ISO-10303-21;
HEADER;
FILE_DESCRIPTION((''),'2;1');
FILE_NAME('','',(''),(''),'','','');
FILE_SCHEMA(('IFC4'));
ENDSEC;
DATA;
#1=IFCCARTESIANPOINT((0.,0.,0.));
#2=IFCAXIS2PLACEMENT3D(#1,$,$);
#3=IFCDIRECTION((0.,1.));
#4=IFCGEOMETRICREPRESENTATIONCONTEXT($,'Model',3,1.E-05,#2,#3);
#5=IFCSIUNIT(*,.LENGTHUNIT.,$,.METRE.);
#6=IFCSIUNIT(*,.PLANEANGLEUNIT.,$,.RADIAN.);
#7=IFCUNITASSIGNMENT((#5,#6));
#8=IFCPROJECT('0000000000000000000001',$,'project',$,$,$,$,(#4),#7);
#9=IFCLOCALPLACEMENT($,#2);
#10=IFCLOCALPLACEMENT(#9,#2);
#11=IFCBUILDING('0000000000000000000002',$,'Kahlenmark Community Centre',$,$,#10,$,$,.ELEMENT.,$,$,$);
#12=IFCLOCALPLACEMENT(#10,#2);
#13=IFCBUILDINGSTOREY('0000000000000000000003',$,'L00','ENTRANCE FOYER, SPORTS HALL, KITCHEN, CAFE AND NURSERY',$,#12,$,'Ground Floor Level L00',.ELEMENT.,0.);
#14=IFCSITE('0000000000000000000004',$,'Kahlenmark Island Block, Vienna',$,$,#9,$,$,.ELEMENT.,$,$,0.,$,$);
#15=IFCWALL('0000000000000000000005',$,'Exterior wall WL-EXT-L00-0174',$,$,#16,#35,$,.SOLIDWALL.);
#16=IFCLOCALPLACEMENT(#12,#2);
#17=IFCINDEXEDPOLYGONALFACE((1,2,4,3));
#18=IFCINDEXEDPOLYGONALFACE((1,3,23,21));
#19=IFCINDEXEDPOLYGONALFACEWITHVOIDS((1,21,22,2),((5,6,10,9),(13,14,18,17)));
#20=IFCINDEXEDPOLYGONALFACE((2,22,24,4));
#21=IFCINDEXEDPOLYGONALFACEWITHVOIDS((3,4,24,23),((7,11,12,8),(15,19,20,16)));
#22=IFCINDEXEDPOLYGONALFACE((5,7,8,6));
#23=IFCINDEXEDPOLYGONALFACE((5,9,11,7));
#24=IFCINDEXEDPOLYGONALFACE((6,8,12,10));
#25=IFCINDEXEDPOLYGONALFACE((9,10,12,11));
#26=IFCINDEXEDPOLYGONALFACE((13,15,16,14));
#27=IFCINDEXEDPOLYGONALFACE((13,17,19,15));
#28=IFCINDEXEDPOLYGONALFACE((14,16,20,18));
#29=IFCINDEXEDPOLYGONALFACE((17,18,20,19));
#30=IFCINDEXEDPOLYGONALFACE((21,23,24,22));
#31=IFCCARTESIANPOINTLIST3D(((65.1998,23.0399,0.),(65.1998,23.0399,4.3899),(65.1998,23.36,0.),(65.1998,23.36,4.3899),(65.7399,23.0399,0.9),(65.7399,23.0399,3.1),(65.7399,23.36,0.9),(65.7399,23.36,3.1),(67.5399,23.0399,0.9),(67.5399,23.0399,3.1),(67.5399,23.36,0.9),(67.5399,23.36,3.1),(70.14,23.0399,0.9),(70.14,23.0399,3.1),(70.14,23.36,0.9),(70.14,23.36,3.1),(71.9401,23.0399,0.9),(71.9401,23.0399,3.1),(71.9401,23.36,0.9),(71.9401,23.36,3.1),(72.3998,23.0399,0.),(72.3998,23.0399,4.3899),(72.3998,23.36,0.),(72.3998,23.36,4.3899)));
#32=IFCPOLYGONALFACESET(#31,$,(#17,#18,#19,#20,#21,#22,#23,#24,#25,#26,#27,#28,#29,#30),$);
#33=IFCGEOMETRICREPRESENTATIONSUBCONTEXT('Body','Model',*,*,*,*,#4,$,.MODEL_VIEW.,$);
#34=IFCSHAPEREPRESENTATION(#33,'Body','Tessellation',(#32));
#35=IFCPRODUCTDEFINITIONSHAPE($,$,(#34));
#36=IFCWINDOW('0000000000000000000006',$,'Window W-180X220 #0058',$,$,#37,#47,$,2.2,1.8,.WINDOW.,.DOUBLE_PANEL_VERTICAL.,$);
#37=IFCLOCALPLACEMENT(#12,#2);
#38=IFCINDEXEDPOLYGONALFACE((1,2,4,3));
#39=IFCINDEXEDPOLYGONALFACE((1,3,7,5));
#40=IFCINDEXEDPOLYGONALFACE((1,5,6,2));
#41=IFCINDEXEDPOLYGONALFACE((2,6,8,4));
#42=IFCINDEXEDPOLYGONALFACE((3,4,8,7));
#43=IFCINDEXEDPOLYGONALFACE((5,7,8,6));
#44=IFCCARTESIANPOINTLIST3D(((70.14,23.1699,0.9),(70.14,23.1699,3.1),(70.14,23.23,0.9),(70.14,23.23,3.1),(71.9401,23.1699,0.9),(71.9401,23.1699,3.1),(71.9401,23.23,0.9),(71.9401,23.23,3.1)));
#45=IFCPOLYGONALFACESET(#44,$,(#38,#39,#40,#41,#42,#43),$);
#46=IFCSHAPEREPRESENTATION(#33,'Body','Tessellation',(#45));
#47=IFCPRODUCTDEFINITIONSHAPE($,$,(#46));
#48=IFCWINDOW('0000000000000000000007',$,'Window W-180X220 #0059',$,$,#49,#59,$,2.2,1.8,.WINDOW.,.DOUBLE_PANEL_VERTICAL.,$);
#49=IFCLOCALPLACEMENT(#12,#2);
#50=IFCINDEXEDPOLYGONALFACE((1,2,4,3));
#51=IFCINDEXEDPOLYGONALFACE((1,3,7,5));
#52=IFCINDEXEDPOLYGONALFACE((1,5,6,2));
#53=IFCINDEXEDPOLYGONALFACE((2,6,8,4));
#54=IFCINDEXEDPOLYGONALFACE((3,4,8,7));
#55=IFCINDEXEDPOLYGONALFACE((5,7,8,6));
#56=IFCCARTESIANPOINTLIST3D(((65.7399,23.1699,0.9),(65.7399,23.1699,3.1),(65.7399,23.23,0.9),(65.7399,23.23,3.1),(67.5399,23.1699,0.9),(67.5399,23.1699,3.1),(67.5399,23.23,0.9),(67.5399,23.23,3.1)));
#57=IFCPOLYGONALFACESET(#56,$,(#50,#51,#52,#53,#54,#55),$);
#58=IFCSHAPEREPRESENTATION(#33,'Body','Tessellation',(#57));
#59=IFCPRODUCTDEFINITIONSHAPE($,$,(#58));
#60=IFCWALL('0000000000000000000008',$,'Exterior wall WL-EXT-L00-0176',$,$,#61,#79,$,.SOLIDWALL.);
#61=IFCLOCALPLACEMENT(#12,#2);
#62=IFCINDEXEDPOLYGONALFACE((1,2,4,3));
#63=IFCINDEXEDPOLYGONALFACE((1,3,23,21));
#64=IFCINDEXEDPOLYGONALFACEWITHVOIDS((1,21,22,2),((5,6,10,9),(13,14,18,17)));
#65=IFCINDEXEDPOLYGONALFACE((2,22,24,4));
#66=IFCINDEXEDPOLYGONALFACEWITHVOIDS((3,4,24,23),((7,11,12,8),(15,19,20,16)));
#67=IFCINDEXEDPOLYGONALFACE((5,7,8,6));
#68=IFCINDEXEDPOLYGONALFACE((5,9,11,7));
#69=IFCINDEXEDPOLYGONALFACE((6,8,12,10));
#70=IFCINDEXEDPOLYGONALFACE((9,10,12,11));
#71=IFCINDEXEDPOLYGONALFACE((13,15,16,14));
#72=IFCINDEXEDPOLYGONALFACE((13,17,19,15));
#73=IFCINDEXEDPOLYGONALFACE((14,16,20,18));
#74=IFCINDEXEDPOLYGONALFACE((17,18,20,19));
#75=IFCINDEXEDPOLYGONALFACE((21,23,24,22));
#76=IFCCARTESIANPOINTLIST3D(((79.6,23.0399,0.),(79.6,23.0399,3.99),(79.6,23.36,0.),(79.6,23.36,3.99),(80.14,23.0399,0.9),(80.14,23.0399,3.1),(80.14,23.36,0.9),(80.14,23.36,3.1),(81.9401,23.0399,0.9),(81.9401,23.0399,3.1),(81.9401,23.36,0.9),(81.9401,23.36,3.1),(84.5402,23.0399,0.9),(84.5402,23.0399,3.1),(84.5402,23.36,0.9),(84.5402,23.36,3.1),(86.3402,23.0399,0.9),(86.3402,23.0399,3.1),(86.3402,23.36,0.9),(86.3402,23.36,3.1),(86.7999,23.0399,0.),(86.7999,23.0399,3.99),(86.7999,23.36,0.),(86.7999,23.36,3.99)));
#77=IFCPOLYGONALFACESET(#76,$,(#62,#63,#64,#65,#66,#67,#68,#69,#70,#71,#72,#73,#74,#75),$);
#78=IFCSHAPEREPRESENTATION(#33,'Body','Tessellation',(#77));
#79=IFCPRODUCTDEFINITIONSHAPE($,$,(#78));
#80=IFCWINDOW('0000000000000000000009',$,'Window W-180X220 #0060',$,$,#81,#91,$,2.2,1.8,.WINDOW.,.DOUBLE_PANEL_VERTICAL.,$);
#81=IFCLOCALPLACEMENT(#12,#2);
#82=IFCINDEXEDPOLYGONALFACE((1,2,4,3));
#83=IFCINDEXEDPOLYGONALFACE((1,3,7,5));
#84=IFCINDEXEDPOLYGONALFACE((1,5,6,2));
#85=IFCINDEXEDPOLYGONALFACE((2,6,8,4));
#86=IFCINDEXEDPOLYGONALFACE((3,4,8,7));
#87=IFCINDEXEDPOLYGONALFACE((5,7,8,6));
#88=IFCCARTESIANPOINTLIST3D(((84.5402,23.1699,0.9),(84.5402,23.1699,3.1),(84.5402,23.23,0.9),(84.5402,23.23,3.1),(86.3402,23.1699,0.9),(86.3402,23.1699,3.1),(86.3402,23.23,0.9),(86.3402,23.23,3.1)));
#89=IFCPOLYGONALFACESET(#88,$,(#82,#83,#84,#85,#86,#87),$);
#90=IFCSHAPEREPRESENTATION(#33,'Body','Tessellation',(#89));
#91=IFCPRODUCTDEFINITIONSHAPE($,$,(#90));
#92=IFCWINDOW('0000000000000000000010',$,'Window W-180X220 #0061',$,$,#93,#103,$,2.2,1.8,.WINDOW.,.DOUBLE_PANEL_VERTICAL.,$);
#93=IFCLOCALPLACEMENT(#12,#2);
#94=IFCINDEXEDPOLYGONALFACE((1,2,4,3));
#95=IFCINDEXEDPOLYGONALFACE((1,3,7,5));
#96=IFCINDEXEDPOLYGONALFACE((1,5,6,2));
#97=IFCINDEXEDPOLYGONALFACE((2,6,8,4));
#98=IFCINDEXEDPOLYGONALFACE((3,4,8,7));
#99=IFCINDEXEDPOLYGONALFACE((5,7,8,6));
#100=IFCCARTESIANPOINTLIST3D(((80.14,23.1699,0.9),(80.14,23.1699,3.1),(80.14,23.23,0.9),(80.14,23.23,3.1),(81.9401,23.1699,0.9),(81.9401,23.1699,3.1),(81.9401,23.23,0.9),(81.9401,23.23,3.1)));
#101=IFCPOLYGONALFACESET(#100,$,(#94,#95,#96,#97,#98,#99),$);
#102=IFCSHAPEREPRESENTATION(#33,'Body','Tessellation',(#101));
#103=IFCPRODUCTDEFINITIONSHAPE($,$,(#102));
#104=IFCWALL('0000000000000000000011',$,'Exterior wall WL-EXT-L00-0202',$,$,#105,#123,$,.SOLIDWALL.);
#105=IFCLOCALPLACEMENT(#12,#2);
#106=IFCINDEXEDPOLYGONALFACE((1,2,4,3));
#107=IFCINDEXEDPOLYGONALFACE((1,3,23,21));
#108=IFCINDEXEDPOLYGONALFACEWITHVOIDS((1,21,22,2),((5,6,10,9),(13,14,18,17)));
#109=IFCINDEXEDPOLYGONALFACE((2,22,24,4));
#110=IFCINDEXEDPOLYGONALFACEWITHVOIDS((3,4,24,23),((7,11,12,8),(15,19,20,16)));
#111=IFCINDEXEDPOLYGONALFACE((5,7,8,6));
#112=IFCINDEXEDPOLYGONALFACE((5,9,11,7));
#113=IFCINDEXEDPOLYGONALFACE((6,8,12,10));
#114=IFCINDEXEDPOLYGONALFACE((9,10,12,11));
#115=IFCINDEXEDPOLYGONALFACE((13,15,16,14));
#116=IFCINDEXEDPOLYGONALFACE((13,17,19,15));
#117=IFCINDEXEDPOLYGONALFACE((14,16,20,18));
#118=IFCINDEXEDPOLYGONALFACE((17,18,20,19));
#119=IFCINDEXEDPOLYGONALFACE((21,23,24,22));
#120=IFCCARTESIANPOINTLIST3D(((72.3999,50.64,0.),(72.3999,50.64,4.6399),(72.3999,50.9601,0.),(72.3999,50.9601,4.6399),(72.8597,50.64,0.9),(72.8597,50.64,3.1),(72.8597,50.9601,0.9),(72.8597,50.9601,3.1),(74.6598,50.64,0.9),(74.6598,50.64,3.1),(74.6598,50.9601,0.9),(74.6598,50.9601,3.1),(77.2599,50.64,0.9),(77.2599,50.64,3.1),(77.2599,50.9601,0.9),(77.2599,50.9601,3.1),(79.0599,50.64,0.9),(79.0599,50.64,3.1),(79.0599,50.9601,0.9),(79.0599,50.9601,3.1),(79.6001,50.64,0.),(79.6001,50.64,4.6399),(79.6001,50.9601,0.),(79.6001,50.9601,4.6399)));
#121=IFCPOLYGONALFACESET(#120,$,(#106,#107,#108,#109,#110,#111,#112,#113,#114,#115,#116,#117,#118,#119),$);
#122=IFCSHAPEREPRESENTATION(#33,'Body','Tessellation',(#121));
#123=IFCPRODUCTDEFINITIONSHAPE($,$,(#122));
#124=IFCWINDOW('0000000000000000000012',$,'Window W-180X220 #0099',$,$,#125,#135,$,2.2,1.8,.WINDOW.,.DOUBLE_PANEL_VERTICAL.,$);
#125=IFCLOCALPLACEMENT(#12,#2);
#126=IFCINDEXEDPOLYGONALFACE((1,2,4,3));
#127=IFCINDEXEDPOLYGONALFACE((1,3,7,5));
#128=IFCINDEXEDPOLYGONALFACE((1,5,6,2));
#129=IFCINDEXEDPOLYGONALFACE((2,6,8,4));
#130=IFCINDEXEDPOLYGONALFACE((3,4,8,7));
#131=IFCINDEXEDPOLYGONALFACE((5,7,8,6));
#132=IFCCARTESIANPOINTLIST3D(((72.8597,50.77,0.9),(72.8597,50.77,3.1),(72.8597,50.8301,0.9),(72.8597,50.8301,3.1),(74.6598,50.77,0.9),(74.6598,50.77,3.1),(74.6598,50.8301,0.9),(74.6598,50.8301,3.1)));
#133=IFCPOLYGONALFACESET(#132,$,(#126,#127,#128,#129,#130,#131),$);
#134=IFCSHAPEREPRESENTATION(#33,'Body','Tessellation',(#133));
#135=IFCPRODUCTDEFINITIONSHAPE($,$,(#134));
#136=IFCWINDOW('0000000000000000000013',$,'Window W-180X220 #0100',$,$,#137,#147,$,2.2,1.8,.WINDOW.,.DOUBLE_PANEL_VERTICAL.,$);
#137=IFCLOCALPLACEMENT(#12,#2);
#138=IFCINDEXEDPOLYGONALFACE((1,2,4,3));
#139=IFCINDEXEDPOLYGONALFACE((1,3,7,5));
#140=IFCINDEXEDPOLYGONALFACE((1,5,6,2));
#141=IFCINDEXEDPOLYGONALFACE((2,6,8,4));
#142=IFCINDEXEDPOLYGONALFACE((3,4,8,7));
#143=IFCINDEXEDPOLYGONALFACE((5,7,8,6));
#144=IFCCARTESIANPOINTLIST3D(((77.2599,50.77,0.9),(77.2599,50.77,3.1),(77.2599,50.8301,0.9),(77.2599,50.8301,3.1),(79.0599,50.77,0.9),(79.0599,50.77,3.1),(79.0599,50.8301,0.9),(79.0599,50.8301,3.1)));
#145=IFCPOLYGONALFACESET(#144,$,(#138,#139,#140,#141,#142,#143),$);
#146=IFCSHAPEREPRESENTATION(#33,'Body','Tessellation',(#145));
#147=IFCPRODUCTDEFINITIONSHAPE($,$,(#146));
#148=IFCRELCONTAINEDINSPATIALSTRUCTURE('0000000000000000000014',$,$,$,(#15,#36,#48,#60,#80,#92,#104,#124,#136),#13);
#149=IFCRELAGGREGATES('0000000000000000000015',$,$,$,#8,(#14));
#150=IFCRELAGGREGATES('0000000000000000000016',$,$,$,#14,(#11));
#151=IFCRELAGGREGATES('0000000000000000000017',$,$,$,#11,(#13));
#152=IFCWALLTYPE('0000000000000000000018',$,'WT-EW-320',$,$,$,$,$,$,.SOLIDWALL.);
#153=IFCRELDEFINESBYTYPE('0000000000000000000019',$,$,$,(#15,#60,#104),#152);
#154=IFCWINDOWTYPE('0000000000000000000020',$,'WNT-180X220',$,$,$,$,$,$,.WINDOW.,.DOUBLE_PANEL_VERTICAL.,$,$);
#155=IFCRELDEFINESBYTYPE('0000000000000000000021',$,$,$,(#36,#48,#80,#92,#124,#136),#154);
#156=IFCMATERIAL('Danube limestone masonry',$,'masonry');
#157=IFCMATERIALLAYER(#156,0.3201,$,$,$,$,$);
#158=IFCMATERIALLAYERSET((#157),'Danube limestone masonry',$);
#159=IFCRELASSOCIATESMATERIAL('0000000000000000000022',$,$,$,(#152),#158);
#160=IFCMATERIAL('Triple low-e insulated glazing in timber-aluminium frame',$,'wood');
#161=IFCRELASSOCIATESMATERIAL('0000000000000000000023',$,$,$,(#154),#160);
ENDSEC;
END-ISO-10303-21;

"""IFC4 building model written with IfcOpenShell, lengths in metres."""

from ifc_helpers import new_model, si_unit, direction, frame, frame_2d, origin, place, context, subcontext, project, spatial, rectangle, extrude, material, layer, layer_set, type_object, element, fill, save


model = new_model("IFC4")

# Units and contexts
model_context = context("Model", 3, precision=1e-05, world=origin(), true_north=direction((0.0, 1.0)))
body_context = subcontext(model_context, "Body", "Model", "MODEL_VIEW")
ifc_project = project(units=[si_unit("LENGTHUNIT", "METRE"), si_unit("PLANEANGLEUNIT", "RADIAN")], contexts=[model_context])

# Site, building, storey
site_placement = place(None, origin())
site = spatial("IfcSite", under=ifc_project, at=site_placement, Name="Kahlenmark Island Block, Vienna", CompositionType="ELEMENT", RefElevation=0.0)
building_placement = place(site_placement, origin())
building = spatial("IfcBuilding", under=site, at=building_placement, Name="Kahlenmark Community Centre", CompositionType="ELEMENT")
storey_placement = place(building_placement, origin())
storey = spatial("IfcBuildingStorey", under=building, at=storey_placement, Name="L00", Description="ENTRANCE FOYER, SPORTS HALL, KITCHEN, CAFE AND NURSERY", LongName="Ground Floor Level L00", CompositionType="ELEMENT", Elevation=0.0)

# Wall, openings, windows
ifc_material_1 = material(Name="Danube limestone masonry", Category="masonry")
ifc_layer = layer(ifc_material_1, 0.3201)
ifc_layer_set = layer_set([ifc_layer], Name="Danube limestone masonry")
wall_type = type_object("IfcWallType", Name="WT-EW-320", PredefinedType="SOLIDWALL", material=ifc_layer_set)
wall_1_placement = place(storey_placement, frame((72.3999, 23.2, 0.0), z_axis=(0.0, 0.0, 1.0), x_axis=(-1.0, 0.0, 0.0)))
wall_1 = element("IfcWall", 1, at=wall_1_placement, inside=storey, type_object=wall_type, Name="Exterior wall WL-EXT-L00-0174", PredefinedType="SOLIDWALL", context=body_context, shape_type="SweptSolid", body=[
    extrude(rectangle(XDim=7.2, YDim=0.3201, at=frame_2d((3.6001, 0.0))), origin(), (0.0, 0.0, 1.0), 4.3899),
])
opening_1_placement = place(wall_1_placement, frame((0.46, 0.0, 0.8999)))
opening_1 = element("IfcOpeningElement", 2, at=opening_1_placement, cuts=wall_1, PredefinedType="OPENING", context=body_context, shape_type="SweptSolid", body=[
    extrude(rectangle(XDim=1.8, YDim=2.2, at=frame_2d((0.8999, 1.1001))), frame((0.0, 0.1699, 0.0), z_axis=(0.0, -1.0, 0.0), x_axis=(1.0, 0.0, 0.0)), (0.0, 0.0, 1.0), 0.3401),
])
opening_2_placement = place(wall_1_placement, frame((4.8601, 0.0, 0.8999)))
opening_2 = element("IfcOpeningElement", 3, at=opening_2_placement, cuts=wall_1, PredefinedType="OPENING", context=body_context, shape_type="SweptSolid", body=[
    extrude(rectangle(XDim=1.8, YDim=2.2, at=frame_2d((0.8999, 1.1001))), frame((0.0, 0.1699, 0.0), z_axis=(0.0, -1.0, 0.0), x_axis=(1.0, 0.0, 0.0)), (0.0, 0.0, 1.0), 0.3401),
])
ifc_material_2 = material(Name="Triple low-e insulated glazing in timber-aluminium frame", Category="wood")
window_type = type_object("IfcWindowType", Name="WNT-180X220", PartitioningType="DOUBLE_PANEL_VERTICAL", PredefinedType="WINDOW", material=ifc_material_2)
window_1_placement = place(opening_1_placement, origin())
window_1 = element("IfcWindow", 4, at=window_1_placement, inside=storey, type_object=window_type, Name="Window W-180X220 #0058", OverallHeight=2.2, OverallWidth=1.8, PartitioningType="DOUBLE_PANEL_VERTICAL", PredefinedType="WINDOW", context=body_context, shape_type="SweptSolid", body=[
    extrude(rectangle(XDim=1.8, YDim=2.2, at=frame_2d((0.8999, 1.1001))), frame((0.0, 0.03, 0.0), z_axis=(0.0, -1.0, 0.0), x_axis=(1.0, 0.0, 0.0)), (0.0, 0.0, 1.0), 0.0601),
])
fill(opening_1, window_1)
window_2_placement = place(opening_2_placement, origin())
window_2 = element("IfcWindow", 5, at=window_2_placement, inside=storey, type_object=window_type, Name="Window W-180X220 #0059", OverallHeight=2.2, OverallWidth=1.8, PartitioningType="DOUBLE_PANEL_VERTICAL", PredefinedType="WINDOW", context=body_context, shape_type="SweptSolid", body=[
    extrude(rectangle(XDim=1.8, YDim=2.2, at=frame_2d((0.8999, 1.1001))), frame((0.0, 0.03, 0.0), z_axis=(0.0, -1.0, 0.0), x_axis=(1.0, 0.0, 0.0)), (0.0, 0.0, 1.0), 0.0601),
])
fill(opening_2, window_2)

# Walls, openings, windows
wall_2_placement = place(storey_placement, frame((86.8, 23.2, 0.0), z_axis=(0.0, 0.0, 1.0), x_axis=(-1.0, 0.0, 0.0)))
wall_2 = element("IfcWall", 6, at=wall_2_placement, inside=storey, type_object=wall_type, Name="Exterior wall WL-EXT-L00-0176", PredefinedType="SOLIDWALL", context=body_context, shape_type="SweptSolid", body=[
    extrude(rectangle(XDim=7.2, YDim=0.3201, at=frame_2d((3.6001, 0.0))), origin(), (0.0, 0.0, 1.0), 3.99),
])
opening_3_placement = place(wall_2_placement, frame((0.46, 0.0, 0.8999)))
opening_3 = element("IfcOpeningElement", 7, at=opening_3_placement, cuts=wall_2, PredefinedType="OPENING", context=body_context, shape_type="SweptSolid", body=[
    extrude(rectangle(XDim=1.8, YDim=2.2, at=frame_2d((0.8999, 1.1001))), frame((0.0, 0.1699, 0.0), z_axis=(0.0, -1.0, 0.0), x_axis=(1.0, 0.0, 0.0)), (0.0, 0.0, 1.0), 0.3401),
])
opening_4_placement = place(wall_2_placement, frame((4.8601, 0.0, 0.8999)))
opening_4 = element("IfcOpeningElement", 8, at=opening_4_placement, cuts=wall_2, PredefinedType="OPENING", context=body_context, shape_type="SweptSolid", body=[
    extrude(rectangle(XDim=1.8, YDim=2.2, at=frame_2d((0.8999, 1.1001))), frame((0.0, 0.1699, 0.0), z_axis=(0.0, -1.0, 0.0), x_axis=(1.0, 0.0, 0.0)), (0.0, 0.0, 1.0), 0.3401),
])
window_3_placement = place(opening_3_placement, origin())
window_3 = element("IfcWindow", 9, at=window_3_placement, inside=storey, type_object=window_type, Name="Window W-180X220 #0060", OverallHeight=2.2, OverallWidth=1.8, PartitioningType="DOUBLE_PANEL_VERTICAL", PredefinedType="WINDOW", context=body_context, shape_type="SweptSolid", body=[
    extrude(rectangle(XDim=1.8, YDim=2.2, at=frame_2d((0.8999, 1.1001))), frame((0.0, 0.03, 0.0), z_axis=(0.0, -1.0, 0.0), x_axis=(1.0, 0.0, 0.0)), (0.0, 0.0, 1.0), 0.0601),
])
fill(opening_3, window_3)
window_4_placement = place(opening_4_placement, origin())
window_4 = element("IfcWindow", 10, at=window_4_placement, inside=storey, type_object=window_type, Name="Window W-180X220 #0061", OverallHeight=2.2, OverallWidth=1.8, PartitioningType="DOUBLE_PANEL_VERTICAL", PredefinedType="WINDOW", context=body_context, shape_type="SweptSolid", body=[
    extrude(rectangle(XDim=1.8, YDim=2.2, at=frame_2d((0.8999, 1.1001))), frame((0.0, 0.03, 0.0), z_axis=(0.0, -1.0, 0.0), x_axis=(1.0, 0.0, 0.0)), (0.0, 0.0, 1.0), 0.0601),
])
fill(opening_4, window_4)
wall_3_placement = place(storey_placement, frame((72.3999, 50.8, 0.0), z_axis=(0.0, 0.0, 1.0), x_axis=(1.0, 0.0, 0.0)))
wall_3 = element("IfcWall", 11, at=wall_3_placement, inside=storey, type_object=wall_type, Name="Exterior wall WL-EXT-L00-0202", PredefinedType="SOLIDWALL", context=body_context, shape_type="SweptSolid", body=[
    extrude(rectangle(XDim=7.2002, YDim=0.3201, at=frame_2d((3.6001, 0.0))), origin(), (0.0, 0.0, 1.0), 4.6399),
])
opening_5_placement = place(wall_3_placement, frame((0.46, 0.0, 0.8999)))
opening_5 = element("IfcOpeningElement", 12, at=opening_5_placement, cuts=wall_3, PredefinedType="OPENING", context=body_context, shape_type="SweptSolid", body=[
    extrude(rectangle(XDim=1.8, YDim=2.2, at=frame_2d((0.8999, 1.1001))), frame((0.0, 0.1699, 0.0), z_axis=(0.0, -1.0, 0.0), x_axis=(1.0, 0.0, 0.0)), (0.0, 0.0, 1.0), 0.3401),
])
opening_6_placement = place(wall_3_placement, frame((4.8601, 0.0, 0.8999)))
opening_6 = element("IfcOpeningElement", 13, at=opening_6_placement, cuts=wall_3, PredefinedType="OPENING", context=body_context, shape_type="SweptSolid", body=[
    extrude(rectangle(XDim=1.8, YDim=2.2, at=frame_2d((0.8999, 1.1001))), frame((0.0, 0.1699, 0.0), z_axis=(0.0, -1.0, 0.0), x_axis=(1.0, 0.0, 0.0)), (0.0, 0.0, 1.0), 0.3401),
])
window_5_placement = place(opening_5_placement, origin())
window_5 = element("IfcWindow", 14, at=window_5_placement, inside=storey, type_object=window_type, Name="Window W-180X220 #0099", OverallHeight=2.2, OverallWidth=1.8, PartitioningType="DOUBLE_PANEL_VERTICAL", PredefinedType="WINDOW", context=body_context, shape_type="SweptSolid", body=[
    extrude(rectangle(XDim=1.8, YDim=2.2, at=frame_2d((0.8999, 1.1001))), frame((0.0, 0.03, 0.0), z_axis=(0.0, -1.0, 0.0), x_axis=(1.0, 0.0, 0.0)), (0.0, 0.0, 1.0), 0.0601),
])
fill(opening_5, window_5)
window_6_placement = place(opening_6_placement, origin())
window_6 = element("IfcWindow", 15, at=window_6_placement, inside=storey, type_object=window_type, Name="Window W-180X220 #0100", OverallHeight=2.2, OverallWidth=1.8, PartitioningType="DOUBLE_PANEL_VERTICAL", PredefinedType="WINDOW", context=body_context, shape_type="SweptSolid", body=[
    extrude(rectangle(XDim=1.8, YDim=2.2, at=frame_2d((0.8999, 1.1001))), frame((0.0, 0.03, 0.0), z_axis=(0.0, -1.0, 0.0), x_axis=(1.0, 0.0, 0.0)), (0.0, 0.0, 1.0), 0.0601),
])
fill(opening_6, window_6)

save(model, "model.ifc")
